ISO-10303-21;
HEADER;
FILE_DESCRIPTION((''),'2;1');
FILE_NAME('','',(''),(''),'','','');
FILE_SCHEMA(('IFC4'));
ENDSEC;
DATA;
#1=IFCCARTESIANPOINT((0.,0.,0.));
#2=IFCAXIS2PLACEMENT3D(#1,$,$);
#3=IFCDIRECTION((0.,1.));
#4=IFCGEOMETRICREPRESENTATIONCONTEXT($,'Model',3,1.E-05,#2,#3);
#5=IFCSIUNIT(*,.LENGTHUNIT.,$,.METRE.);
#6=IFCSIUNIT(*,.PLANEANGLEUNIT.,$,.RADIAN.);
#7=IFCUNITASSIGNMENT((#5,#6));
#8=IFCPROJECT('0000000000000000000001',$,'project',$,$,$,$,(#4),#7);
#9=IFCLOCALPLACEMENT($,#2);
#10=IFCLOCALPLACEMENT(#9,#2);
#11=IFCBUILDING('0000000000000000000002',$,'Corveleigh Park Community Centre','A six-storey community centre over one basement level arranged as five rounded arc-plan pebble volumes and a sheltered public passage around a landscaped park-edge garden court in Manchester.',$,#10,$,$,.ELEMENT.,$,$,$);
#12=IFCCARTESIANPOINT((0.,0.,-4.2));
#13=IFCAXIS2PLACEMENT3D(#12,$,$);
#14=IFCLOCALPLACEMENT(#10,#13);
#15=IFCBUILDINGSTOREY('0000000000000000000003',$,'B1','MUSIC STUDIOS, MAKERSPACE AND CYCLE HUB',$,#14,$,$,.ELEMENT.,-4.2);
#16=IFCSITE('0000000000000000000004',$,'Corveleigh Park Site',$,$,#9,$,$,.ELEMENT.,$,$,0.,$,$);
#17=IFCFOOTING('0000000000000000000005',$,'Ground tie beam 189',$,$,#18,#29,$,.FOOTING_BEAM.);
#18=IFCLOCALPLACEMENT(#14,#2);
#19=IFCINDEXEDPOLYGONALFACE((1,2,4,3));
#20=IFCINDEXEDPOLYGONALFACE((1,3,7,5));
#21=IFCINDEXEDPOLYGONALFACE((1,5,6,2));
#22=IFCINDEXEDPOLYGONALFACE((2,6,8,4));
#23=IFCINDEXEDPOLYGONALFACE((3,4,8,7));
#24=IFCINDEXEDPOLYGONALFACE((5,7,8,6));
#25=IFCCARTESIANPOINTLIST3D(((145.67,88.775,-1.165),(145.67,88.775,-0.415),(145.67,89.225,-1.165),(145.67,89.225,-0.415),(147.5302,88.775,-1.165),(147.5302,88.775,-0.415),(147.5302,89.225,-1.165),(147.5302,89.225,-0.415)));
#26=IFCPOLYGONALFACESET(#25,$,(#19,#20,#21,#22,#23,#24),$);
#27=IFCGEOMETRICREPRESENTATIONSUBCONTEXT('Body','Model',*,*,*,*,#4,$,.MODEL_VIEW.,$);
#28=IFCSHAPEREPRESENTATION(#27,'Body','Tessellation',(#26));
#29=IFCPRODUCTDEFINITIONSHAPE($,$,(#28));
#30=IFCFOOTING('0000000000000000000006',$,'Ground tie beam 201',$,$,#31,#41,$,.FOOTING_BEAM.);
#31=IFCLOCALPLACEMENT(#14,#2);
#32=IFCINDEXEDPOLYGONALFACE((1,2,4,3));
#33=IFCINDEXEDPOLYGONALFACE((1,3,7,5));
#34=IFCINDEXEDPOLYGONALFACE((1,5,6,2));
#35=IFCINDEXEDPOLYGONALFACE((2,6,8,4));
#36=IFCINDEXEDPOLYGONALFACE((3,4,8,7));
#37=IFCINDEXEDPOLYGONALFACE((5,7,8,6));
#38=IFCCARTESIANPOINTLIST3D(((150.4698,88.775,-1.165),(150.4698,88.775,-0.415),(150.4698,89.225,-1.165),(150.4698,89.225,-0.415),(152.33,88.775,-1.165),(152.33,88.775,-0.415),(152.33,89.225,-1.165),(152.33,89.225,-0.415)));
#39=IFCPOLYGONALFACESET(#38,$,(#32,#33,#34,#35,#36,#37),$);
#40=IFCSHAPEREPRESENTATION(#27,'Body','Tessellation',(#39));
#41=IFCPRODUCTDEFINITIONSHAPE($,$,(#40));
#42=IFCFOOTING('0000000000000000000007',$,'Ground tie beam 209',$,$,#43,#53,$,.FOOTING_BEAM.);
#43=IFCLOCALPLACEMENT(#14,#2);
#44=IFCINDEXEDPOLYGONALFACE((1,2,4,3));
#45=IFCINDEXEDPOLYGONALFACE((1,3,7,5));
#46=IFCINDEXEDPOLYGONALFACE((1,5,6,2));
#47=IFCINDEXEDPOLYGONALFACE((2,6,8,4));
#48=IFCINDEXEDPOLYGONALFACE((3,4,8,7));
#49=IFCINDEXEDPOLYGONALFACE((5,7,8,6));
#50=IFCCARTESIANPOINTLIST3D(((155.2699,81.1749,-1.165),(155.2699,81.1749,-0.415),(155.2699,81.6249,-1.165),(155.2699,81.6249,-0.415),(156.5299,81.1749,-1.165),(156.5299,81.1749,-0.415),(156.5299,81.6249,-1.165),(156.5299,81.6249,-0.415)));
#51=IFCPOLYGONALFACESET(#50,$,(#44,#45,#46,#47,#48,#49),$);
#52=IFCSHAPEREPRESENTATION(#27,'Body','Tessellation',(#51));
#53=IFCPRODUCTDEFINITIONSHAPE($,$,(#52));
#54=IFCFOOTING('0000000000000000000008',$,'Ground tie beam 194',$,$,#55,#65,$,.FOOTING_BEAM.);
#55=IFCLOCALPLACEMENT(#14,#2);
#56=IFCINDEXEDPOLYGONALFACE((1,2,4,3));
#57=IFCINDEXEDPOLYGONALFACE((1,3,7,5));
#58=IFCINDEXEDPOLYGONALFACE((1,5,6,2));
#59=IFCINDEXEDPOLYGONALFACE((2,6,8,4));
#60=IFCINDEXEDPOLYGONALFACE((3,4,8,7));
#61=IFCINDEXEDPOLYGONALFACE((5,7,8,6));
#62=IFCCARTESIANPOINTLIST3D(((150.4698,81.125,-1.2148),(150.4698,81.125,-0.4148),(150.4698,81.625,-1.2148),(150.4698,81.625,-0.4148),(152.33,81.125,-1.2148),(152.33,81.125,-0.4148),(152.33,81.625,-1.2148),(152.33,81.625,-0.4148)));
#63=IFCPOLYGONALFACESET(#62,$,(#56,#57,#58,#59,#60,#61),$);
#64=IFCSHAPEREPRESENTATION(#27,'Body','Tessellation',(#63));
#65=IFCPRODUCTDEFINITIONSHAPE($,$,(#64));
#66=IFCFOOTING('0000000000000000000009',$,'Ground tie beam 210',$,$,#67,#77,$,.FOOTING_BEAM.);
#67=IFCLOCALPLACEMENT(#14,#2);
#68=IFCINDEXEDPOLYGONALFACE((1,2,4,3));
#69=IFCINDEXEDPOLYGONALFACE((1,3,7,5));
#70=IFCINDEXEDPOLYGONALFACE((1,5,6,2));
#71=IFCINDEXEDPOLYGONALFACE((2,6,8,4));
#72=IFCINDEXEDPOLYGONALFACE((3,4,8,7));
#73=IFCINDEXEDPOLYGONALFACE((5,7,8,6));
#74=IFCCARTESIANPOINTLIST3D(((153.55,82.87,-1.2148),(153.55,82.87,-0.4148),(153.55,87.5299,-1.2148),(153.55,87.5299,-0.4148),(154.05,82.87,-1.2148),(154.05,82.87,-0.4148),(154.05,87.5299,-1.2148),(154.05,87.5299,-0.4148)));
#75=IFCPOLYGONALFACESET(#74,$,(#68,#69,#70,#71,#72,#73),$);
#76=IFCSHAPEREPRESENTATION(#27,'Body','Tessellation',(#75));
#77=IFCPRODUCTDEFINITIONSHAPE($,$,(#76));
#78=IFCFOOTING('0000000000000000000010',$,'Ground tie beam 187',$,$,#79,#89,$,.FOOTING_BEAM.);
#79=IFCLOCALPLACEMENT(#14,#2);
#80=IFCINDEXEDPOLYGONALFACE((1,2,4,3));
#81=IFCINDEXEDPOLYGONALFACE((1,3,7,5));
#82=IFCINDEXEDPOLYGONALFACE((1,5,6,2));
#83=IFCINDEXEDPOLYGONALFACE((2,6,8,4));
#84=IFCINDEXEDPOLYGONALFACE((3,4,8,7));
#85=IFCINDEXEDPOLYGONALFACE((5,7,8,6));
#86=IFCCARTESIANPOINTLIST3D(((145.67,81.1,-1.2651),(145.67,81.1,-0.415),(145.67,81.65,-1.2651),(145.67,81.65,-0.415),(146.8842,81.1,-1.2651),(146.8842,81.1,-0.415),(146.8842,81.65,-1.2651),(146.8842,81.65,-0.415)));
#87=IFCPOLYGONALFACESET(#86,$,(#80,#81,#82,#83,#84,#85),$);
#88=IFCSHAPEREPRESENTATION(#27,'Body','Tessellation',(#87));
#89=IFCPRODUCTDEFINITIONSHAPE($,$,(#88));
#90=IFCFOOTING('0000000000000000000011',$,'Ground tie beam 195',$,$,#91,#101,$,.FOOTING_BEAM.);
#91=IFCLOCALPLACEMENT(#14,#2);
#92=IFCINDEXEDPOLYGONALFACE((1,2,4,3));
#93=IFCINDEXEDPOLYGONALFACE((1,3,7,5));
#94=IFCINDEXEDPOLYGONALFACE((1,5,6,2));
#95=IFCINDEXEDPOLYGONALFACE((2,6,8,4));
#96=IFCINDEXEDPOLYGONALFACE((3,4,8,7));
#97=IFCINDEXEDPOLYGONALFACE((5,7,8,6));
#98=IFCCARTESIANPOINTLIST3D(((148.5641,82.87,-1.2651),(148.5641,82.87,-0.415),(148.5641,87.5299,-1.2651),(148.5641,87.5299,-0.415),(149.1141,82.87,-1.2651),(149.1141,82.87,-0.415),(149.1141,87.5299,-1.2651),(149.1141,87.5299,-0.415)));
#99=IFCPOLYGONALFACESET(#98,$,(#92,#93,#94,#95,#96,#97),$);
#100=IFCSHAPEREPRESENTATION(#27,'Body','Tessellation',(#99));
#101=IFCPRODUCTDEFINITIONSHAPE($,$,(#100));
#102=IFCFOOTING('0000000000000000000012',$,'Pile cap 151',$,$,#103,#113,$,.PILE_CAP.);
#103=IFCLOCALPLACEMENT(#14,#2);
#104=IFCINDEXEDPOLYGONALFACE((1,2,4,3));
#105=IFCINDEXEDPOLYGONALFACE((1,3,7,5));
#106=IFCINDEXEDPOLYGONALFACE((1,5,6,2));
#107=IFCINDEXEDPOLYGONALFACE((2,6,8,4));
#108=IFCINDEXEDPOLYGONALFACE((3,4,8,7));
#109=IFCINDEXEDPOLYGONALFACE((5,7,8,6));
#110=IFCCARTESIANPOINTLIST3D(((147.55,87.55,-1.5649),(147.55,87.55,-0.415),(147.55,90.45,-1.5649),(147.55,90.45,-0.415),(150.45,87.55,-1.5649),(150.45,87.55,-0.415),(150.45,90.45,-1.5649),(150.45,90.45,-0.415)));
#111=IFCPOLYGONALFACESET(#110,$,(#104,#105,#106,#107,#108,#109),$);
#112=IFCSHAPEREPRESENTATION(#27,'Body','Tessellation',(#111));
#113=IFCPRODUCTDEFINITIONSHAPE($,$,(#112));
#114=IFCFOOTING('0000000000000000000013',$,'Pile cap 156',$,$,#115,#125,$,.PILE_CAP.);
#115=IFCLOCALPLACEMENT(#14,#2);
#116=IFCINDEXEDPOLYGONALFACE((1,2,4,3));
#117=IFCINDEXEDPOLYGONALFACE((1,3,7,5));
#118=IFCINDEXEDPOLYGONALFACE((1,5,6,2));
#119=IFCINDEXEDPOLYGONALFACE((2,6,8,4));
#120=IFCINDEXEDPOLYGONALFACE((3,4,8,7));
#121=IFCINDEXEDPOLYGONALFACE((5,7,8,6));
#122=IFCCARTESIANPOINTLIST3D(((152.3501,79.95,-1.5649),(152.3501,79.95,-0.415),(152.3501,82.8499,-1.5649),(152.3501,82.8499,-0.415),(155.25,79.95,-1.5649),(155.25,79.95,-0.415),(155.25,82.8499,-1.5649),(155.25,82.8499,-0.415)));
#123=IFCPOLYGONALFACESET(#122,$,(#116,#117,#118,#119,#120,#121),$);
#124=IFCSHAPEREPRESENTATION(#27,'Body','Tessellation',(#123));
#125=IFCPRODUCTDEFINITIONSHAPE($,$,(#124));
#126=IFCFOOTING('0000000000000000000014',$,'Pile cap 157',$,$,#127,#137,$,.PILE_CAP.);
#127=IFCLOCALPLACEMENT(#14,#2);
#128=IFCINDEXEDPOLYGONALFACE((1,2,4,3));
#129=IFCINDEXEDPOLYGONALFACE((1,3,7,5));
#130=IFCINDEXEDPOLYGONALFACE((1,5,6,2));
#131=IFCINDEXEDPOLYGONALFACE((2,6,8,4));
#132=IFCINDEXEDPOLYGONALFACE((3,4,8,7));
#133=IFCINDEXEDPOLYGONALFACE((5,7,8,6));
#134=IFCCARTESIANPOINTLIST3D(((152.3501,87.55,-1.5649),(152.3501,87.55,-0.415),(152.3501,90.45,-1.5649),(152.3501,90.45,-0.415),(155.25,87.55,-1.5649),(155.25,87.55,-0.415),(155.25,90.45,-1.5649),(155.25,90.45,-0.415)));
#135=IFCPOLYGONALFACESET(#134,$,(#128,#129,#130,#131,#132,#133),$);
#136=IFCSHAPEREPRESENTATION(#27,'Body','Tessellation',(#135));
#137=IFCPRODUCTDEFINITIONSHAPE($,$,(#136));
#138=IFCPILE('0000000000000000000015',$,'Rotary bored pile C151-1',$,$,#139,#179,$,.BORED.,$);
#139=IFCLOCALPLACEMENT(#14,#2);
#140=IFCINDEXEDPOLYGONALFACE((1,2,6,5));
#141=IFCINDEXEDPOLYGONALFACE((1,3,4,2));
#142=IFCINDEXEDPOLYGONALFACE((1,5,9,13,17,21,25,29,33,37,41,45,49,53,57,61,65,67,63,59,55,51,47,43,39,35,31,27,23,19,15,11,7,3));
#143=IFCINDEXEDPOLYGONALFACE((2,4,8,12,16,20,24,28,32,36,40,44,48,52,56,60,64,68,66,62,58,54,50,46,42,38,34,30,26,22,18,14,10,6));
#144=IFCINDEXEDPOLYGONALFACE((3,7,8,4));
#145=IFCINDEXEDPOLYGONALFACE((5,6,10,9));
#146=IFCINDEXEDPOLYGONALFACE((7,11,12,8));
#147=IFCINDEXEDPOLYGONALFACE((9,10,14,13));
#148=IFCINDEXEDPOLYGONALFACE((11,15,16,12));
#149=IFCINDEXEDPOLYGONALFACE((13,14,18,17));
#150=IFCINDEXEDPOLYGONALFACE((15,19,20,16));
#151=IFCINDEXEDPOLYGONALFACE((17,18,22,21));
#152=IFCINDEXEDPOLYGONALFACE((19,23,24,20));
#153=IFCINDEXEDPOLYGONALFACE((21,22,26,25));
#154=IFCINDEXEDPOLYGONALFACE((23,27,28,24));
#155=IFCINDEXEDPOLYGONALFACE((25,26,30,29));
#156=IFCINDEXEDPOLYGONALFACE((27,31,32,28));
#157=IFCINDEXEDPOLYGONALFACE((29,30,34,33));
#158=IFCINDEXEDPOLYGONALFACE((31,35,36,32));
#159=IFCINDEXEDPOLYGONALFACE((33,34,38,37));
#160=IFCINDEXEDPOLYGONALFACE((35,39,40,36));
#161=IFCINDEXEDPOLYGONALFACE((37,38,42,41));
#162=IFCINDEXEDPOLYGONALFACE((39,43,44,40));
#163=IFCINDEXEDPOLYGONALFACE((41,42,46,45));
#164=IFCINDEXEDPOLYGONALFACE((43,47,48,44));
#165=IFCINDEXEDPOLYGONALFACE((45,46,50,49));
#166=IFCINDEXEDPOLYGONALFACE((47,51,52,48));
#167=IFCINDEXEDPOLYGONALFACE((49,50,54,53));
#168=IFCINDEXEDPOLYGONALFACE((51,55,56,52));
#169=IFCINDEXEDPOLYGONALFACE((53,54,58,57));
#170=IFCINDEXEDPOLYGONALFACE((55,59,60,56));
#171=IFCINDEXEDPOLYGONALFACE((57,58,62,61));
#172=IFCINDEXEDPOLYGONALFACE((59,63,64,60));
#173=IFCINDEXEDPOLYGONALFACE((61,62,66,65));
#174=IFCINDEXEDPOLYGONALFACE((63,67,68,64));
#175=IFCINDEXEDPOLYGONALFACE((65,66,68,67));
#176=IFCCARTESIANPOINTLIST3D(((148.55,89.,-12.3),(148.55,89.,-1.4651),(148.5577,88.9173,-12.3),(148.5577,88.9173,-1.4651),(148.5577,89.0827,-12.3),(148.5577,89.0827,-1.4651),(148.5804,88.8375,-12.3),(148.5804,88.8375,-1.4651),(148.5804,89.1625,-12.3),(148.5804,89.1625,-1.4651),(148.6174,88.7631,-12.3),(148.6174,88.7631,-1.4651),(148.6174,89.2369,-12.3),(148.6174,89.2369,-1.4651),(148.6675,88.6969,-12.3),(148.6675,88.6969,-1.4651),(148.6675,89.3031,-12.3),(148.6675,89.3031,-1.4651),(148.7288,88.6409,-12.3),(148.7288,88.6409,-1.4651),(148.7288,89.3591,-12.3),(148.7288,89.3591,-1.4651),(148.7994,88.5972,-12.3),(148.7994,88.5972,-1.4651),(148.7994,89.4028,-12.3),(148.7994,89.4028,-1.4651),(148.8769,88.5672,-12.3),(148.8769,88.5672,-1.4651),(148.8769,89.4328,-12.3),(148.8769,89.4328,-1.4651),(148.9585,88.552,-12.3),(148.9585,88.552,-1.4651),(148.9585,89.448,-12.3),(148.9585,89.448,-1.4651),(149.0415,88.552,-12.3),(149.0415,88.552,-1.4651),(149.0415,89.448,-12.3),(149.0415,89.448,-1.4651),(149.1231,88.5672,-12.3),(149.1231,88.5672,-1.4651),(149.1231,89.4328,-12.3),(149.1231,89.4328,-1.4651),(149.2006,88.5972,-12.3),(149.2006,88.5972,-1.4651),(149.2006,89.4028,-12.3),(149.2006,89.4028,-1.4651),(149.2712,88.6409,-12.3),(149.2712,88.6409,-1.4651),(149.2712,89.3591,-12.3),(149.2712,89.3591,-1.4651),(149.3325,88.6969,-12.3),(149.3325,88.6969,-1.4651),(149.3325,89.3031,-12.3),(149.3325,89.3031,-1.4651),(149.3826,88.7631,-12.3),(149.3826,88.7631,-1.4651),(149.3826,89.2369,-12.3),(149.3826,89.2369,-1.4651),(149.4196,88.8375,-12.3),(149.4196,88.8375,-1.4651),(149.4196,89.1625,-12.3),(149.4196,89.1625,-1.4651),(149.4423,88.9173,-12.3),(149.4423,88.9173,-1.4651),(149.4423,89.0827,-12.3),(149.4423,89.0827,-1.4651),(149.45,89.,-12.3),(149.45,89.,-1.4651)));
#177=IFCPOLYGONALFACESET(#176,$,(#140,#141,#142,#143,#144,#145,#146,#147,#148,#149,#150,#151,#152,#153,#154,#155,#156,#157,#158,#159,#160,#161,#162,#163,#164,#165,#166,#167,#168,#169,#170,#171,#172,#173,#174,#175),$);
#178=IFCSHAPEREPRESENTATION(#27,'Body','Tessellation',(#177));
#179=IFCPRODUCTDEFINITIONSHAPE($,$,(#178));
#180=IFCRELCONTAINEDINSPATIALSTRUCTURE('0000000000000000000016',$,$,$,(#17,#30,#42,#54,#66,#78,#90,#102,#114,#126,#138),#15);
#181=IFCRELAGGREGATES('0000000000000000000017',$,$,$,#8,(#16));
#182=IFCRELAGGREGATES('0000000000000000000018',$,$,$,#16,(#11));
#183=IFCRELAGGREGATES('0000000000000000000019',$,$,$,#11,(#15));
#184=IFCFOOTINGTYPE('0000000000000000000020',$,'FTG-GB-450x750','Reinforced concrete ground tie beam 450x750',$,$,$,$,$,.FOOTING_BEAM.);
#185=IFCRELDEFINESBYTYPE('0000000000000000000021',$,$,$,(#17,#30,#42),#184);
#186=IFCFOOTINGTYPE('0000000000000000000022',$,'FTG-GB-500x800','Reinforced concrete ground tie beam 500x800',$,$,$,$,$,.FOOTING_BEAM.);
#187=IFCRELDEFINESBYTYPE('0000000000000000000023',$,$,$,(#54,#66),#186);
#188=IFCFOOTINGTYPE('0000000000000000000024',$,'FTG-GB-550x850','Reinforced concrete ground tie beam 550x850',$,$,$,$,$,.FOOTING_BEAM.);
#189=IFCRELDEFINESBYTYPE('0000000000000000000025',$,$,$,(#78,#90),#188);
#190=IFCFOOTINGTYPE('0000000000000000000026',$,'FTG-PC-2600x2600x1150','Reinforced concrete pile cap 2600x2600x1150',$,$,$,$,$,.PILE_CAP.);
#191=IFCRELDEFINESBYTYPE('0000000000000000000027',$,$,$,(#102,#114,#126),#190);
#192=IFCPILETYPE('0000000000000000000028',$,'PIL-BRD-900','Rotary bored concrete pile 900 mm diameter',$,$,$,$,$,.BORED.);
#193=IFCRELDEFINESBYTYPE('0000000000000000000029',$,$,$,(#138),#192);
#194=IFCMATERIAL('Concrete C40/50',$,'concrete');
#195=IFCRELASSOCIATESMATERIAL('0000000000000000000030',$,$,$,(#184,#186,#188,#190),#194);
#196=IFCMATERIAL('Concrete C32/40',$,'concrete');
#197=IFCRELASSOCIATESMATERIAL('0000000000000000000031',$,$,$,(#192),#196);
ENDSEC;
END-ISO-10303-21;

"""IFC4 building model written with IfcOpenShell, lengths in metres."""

from ifc_helpers import new_model, si_unit, direction, frame, origin, origin_2d, place, context, subcontext, project, spatial, rectangle, circle, extrude, material, material_profile, profile_set, type_object, element, save


model = new_model("IFC4")

# Units and contexts
model_context = context("Model", 3, precision=1e-05, world=origin(), true_north=direction((0.0, 1.0)))
body_context = subcontext(model_context, "Body", "Model", "MODEL_VIEW")
ifc_project = project(units=[si_unit("LENGTHUNIT", "METRE"), si_unit("PLANEANGLEUNIT", "RADIAN")], contexts=[model_context])

# Site, building, storey
site_placement = place(None, origin())
site = spatial("IfcSite", under=ifc_project, at=site_placement, Name="Corveleigh Park Site", CompositionType="ELEMENT", RefElevation=0.0)
building_placement = place(site_placement, origin())
building = spatial("IfcBuilding", under=site, at=building_placement, Name="Corveleigh Park Community Centre", Description="A six-storey community centre over one basement level arranged as five rounded arc-plan pebble volumes and a sheltered public passage around a landscaped park-edge garden court in Manchester.", CompositionType="ELEMENT")
storey_placement = place(building_placement, frame((0.0, 0.0, -4.2)))
storey = spatial("IfcBuildingStorey", under=building, at=storey_placement, Name="B1", Description="MUSIC STUDIOS, MAKERSPACE AND CYCLE HUB", CompositionType="ELEMENT", Elevation=-4.2)

# Footings
ifc_material_1 = material(Name="Concrete C40/50", Category="concrete")
footing_type_1 = type_object("IfcFootingType", Name="FTG-GB-450x750", Description="Reinforced concrete ground tie beam 450x750", PredefinedType="FOOTING_BEAM", material=ifc_material_1)
for number, where, z_axis, x_axis, name in (
    (1, (146.6001, 89.0, -1.165), (0.0, 0.0, 1.0), (1.0, 0.0, 0.0), "Ground tie beam 189"),
    (2, (151.3999, 89.0, -1.165), (0.0, 0.0, 1.0), (1.0, 0.0, 0.0), "Ground tie beam 201"),
):
    element("IfcFooting", number, at=place(storey_placement, frame(where, z_axis=z_axis, x_axis=x_axis)), inside=storey, type_object=footing_type_1, Name=name, PredefinedType="FOOTING_BEAM", context=body_context, shape_type="SweptSolid", body=[
        extrude(rectangle(XDim=1.8601, YDim=0.45, at=origin_2d()), origin(), (0.0, 0.0, 1.0), 0.75),
    ])
footing_1_placement = place(storey_placement, frame((155.8999, 81.3999, -1.165), z_axis=(0.0, 0.0, 1.0), x_axis=(1.0, 0.0, 0.0)))
element("IfcFooting", 3, at=footing_1_placement, inside=storey, type_object=footing_type_1, Name="Ground tie beam 209", PredefinedType="FOOTING_BEAM", context=body_context, shape_type="SweptSolid", body=[
    extrude(rectangle(XDim=1.26, YDim=0.45, at=origin_2d()), origin(), (0.0, 0.0, 1.0), 0.75),
])
footing_type_2 = type_object("IfcFootingType", Name="FTG-GB-500x800", Description="Reinforced concrete ground tie beam 500x800", PredefinedType="FOOTING_BEAM", material=ifc_material_1)
footing_2_placement = place(storey_placement, frame((151.3999, 81.375, -1.2148), z_axis=(0.0, 0.0, 1.0), x_axis=(1.0, 0.0, 0.0)))
element("IfcFooting", 4, at=footing_2_placement, inside=storey, type_object=footing_type_2, Name="Ground tie beam 194", PredefinedType="FOOTING_BEAM", context=body_context, shape_type="SweptSolid", body=[
    extrude(rectangle(XDim=1.8601, YDim=0.5, at=origin_2d()), origin(), (0.0, 0.0, 1.0), 0.8),
])
footing_3_placement = place(storey_placement, frame((153.8, 85.2, -1.2148), z_axis=(0.0, 0.0, 1.0), x_axis=(1.0, 0.0, 0.0)))
element("IfcFooting", 5, at=footing_3_placement, inside=storey, type_object=footing_type_2, Name="Ground tie beam 210", PredefinedType="FOOTING_BEAM", context=body_context, shape_type="SweptSolid", body=[
    extrude(rectangle(XDim=0.5, YDim=4.6599, at=origin_2d()), origin(), (0.0, 0.0, 1.0), 0.8),
])
footing_type_3 = type_object("IfcFootingType", Name="FTG-GB-550x850", Description="Reinforced concrete ground tie beam 550x850", PredefinedType="FOOTING_BEAM", material=ifc_material_1)
footing_4_placement = place(storey_placement, frame((146.2771, 81.375, -1.2651), z_axis=(0.0, 0.0, 1.0), x_axis=(1.0, 0.0, 0.0)))
element("IfcFooting", 6, at=footing_4_placement, inside=storey, type_object=footing_type_3, Name="Ground tie beam 187", PredefinedType="FOOTING_BEAM", context=body_context, shape_type="SweptSolid", body=[
    extrude(rectangle(XDim=1.2141, YDim=0.55, at=origin_2d()), origin(), (0.0, 0.0, 1.0), 0.8501),
])
footing_5_placement = place(storey_placement, frame((148.8391, 85.2, -1.2651), z_axis=(0.0, 0.0, 1.0), x_axis=(1.0, 0.0, 0.0)))
element("IfcFooting", 7, at=footing_5_placement, inside=storey, type_object=footing_type_3, Name="Ground tie beam 195", PredefinedType="FOOTING_BEAM", context=body_context, shape_type="SweptSolid", body=[
    extrude(rectangle(XDim=0.55, YDim=4.6599, at=origin_2d()), origin(), (0.0, 0.0, 1.0), 0.8501),
])
footing_type_4 = type_object("IfcFootingType", Name="FTG-PC-2600x2600x1150", Description="Reinforced concrete pile cap 2600x2600x1150", PredefinedType="PILE_CAP", material=ifc_material_1)
for number, where, z_axis, x_axis, name in (
    (8, (149.0, 89.0, -1.5649), (0.0, 0.0, 1.0), (1.0, 0.0, 0.0), "Pile cap 151"),
    (9, (153.8, 81.3999, -1.5649), (0.0, 0.0, 1.0), (1.0, 0.0, 0.0), "Pile cap 156"),
    (10, (153.8, 89.0, -1.5649), (0.0, 0.0, 1.0), (1.0, 0.0, 0.0), "Pile cap 157"),
):
    element("IfcFooting", number, at=place(storey_placement, frame(where, z_axis=z_axis, x_axis=x_axis)), inside=storey, type_object=footing_type_4, Name=name, PredefinedType="PILE_CAP", context=body_context, shape_type="SweptSolid", body=[
        extrude(rectangle(XDim=2.8999, YDim=2.8999, at=origin_2d()), origin(), (0.0, 0.0, 1.0), 1.1499),
    ])

# Pile
ifc_material_2 = material(Name="Concrete C32/40", Category="concrete")
ifc_material_profile_1 = material_profile(ifc_material_2, circle(Radius=0.45, at=origin_2d()), Name="BORED-PILE-900", Category="concrete")
ifc_profile_set_1 = profile_set([ifc_material_profile_1], Name="Concrete C32/40")
pile_type = type_object("IfcPileType", Name="PIL-BRD-900", Description="Rotary bored concrete pile 900 mm diameter", PredefinedType="BORED", material=ifc_profile_set_1)
for number, where, z_axis, x_axis, name in (
    (11, (149.0, 89.0, -1.4651), (0.0, 0.0, -1.0), (1.0, 0.0, 0.0), "Rotary bored pile C151-1"),
):
    element("IfcPile", number, at=place(storey_placement, frame(where, z_axis=z_axis, x_axis=x_axis)), inside=storey, type_object=pile_type, Name=name, PredefinedType="BORED", context=body_context, shape_type="SweptSolid", body=[
        extrude(circle(Radius=0.45, at=origin_2d()), origin(), (0.0, 0.0, 1.0), 10.835),
    ])

save(model, "model.ifc")
